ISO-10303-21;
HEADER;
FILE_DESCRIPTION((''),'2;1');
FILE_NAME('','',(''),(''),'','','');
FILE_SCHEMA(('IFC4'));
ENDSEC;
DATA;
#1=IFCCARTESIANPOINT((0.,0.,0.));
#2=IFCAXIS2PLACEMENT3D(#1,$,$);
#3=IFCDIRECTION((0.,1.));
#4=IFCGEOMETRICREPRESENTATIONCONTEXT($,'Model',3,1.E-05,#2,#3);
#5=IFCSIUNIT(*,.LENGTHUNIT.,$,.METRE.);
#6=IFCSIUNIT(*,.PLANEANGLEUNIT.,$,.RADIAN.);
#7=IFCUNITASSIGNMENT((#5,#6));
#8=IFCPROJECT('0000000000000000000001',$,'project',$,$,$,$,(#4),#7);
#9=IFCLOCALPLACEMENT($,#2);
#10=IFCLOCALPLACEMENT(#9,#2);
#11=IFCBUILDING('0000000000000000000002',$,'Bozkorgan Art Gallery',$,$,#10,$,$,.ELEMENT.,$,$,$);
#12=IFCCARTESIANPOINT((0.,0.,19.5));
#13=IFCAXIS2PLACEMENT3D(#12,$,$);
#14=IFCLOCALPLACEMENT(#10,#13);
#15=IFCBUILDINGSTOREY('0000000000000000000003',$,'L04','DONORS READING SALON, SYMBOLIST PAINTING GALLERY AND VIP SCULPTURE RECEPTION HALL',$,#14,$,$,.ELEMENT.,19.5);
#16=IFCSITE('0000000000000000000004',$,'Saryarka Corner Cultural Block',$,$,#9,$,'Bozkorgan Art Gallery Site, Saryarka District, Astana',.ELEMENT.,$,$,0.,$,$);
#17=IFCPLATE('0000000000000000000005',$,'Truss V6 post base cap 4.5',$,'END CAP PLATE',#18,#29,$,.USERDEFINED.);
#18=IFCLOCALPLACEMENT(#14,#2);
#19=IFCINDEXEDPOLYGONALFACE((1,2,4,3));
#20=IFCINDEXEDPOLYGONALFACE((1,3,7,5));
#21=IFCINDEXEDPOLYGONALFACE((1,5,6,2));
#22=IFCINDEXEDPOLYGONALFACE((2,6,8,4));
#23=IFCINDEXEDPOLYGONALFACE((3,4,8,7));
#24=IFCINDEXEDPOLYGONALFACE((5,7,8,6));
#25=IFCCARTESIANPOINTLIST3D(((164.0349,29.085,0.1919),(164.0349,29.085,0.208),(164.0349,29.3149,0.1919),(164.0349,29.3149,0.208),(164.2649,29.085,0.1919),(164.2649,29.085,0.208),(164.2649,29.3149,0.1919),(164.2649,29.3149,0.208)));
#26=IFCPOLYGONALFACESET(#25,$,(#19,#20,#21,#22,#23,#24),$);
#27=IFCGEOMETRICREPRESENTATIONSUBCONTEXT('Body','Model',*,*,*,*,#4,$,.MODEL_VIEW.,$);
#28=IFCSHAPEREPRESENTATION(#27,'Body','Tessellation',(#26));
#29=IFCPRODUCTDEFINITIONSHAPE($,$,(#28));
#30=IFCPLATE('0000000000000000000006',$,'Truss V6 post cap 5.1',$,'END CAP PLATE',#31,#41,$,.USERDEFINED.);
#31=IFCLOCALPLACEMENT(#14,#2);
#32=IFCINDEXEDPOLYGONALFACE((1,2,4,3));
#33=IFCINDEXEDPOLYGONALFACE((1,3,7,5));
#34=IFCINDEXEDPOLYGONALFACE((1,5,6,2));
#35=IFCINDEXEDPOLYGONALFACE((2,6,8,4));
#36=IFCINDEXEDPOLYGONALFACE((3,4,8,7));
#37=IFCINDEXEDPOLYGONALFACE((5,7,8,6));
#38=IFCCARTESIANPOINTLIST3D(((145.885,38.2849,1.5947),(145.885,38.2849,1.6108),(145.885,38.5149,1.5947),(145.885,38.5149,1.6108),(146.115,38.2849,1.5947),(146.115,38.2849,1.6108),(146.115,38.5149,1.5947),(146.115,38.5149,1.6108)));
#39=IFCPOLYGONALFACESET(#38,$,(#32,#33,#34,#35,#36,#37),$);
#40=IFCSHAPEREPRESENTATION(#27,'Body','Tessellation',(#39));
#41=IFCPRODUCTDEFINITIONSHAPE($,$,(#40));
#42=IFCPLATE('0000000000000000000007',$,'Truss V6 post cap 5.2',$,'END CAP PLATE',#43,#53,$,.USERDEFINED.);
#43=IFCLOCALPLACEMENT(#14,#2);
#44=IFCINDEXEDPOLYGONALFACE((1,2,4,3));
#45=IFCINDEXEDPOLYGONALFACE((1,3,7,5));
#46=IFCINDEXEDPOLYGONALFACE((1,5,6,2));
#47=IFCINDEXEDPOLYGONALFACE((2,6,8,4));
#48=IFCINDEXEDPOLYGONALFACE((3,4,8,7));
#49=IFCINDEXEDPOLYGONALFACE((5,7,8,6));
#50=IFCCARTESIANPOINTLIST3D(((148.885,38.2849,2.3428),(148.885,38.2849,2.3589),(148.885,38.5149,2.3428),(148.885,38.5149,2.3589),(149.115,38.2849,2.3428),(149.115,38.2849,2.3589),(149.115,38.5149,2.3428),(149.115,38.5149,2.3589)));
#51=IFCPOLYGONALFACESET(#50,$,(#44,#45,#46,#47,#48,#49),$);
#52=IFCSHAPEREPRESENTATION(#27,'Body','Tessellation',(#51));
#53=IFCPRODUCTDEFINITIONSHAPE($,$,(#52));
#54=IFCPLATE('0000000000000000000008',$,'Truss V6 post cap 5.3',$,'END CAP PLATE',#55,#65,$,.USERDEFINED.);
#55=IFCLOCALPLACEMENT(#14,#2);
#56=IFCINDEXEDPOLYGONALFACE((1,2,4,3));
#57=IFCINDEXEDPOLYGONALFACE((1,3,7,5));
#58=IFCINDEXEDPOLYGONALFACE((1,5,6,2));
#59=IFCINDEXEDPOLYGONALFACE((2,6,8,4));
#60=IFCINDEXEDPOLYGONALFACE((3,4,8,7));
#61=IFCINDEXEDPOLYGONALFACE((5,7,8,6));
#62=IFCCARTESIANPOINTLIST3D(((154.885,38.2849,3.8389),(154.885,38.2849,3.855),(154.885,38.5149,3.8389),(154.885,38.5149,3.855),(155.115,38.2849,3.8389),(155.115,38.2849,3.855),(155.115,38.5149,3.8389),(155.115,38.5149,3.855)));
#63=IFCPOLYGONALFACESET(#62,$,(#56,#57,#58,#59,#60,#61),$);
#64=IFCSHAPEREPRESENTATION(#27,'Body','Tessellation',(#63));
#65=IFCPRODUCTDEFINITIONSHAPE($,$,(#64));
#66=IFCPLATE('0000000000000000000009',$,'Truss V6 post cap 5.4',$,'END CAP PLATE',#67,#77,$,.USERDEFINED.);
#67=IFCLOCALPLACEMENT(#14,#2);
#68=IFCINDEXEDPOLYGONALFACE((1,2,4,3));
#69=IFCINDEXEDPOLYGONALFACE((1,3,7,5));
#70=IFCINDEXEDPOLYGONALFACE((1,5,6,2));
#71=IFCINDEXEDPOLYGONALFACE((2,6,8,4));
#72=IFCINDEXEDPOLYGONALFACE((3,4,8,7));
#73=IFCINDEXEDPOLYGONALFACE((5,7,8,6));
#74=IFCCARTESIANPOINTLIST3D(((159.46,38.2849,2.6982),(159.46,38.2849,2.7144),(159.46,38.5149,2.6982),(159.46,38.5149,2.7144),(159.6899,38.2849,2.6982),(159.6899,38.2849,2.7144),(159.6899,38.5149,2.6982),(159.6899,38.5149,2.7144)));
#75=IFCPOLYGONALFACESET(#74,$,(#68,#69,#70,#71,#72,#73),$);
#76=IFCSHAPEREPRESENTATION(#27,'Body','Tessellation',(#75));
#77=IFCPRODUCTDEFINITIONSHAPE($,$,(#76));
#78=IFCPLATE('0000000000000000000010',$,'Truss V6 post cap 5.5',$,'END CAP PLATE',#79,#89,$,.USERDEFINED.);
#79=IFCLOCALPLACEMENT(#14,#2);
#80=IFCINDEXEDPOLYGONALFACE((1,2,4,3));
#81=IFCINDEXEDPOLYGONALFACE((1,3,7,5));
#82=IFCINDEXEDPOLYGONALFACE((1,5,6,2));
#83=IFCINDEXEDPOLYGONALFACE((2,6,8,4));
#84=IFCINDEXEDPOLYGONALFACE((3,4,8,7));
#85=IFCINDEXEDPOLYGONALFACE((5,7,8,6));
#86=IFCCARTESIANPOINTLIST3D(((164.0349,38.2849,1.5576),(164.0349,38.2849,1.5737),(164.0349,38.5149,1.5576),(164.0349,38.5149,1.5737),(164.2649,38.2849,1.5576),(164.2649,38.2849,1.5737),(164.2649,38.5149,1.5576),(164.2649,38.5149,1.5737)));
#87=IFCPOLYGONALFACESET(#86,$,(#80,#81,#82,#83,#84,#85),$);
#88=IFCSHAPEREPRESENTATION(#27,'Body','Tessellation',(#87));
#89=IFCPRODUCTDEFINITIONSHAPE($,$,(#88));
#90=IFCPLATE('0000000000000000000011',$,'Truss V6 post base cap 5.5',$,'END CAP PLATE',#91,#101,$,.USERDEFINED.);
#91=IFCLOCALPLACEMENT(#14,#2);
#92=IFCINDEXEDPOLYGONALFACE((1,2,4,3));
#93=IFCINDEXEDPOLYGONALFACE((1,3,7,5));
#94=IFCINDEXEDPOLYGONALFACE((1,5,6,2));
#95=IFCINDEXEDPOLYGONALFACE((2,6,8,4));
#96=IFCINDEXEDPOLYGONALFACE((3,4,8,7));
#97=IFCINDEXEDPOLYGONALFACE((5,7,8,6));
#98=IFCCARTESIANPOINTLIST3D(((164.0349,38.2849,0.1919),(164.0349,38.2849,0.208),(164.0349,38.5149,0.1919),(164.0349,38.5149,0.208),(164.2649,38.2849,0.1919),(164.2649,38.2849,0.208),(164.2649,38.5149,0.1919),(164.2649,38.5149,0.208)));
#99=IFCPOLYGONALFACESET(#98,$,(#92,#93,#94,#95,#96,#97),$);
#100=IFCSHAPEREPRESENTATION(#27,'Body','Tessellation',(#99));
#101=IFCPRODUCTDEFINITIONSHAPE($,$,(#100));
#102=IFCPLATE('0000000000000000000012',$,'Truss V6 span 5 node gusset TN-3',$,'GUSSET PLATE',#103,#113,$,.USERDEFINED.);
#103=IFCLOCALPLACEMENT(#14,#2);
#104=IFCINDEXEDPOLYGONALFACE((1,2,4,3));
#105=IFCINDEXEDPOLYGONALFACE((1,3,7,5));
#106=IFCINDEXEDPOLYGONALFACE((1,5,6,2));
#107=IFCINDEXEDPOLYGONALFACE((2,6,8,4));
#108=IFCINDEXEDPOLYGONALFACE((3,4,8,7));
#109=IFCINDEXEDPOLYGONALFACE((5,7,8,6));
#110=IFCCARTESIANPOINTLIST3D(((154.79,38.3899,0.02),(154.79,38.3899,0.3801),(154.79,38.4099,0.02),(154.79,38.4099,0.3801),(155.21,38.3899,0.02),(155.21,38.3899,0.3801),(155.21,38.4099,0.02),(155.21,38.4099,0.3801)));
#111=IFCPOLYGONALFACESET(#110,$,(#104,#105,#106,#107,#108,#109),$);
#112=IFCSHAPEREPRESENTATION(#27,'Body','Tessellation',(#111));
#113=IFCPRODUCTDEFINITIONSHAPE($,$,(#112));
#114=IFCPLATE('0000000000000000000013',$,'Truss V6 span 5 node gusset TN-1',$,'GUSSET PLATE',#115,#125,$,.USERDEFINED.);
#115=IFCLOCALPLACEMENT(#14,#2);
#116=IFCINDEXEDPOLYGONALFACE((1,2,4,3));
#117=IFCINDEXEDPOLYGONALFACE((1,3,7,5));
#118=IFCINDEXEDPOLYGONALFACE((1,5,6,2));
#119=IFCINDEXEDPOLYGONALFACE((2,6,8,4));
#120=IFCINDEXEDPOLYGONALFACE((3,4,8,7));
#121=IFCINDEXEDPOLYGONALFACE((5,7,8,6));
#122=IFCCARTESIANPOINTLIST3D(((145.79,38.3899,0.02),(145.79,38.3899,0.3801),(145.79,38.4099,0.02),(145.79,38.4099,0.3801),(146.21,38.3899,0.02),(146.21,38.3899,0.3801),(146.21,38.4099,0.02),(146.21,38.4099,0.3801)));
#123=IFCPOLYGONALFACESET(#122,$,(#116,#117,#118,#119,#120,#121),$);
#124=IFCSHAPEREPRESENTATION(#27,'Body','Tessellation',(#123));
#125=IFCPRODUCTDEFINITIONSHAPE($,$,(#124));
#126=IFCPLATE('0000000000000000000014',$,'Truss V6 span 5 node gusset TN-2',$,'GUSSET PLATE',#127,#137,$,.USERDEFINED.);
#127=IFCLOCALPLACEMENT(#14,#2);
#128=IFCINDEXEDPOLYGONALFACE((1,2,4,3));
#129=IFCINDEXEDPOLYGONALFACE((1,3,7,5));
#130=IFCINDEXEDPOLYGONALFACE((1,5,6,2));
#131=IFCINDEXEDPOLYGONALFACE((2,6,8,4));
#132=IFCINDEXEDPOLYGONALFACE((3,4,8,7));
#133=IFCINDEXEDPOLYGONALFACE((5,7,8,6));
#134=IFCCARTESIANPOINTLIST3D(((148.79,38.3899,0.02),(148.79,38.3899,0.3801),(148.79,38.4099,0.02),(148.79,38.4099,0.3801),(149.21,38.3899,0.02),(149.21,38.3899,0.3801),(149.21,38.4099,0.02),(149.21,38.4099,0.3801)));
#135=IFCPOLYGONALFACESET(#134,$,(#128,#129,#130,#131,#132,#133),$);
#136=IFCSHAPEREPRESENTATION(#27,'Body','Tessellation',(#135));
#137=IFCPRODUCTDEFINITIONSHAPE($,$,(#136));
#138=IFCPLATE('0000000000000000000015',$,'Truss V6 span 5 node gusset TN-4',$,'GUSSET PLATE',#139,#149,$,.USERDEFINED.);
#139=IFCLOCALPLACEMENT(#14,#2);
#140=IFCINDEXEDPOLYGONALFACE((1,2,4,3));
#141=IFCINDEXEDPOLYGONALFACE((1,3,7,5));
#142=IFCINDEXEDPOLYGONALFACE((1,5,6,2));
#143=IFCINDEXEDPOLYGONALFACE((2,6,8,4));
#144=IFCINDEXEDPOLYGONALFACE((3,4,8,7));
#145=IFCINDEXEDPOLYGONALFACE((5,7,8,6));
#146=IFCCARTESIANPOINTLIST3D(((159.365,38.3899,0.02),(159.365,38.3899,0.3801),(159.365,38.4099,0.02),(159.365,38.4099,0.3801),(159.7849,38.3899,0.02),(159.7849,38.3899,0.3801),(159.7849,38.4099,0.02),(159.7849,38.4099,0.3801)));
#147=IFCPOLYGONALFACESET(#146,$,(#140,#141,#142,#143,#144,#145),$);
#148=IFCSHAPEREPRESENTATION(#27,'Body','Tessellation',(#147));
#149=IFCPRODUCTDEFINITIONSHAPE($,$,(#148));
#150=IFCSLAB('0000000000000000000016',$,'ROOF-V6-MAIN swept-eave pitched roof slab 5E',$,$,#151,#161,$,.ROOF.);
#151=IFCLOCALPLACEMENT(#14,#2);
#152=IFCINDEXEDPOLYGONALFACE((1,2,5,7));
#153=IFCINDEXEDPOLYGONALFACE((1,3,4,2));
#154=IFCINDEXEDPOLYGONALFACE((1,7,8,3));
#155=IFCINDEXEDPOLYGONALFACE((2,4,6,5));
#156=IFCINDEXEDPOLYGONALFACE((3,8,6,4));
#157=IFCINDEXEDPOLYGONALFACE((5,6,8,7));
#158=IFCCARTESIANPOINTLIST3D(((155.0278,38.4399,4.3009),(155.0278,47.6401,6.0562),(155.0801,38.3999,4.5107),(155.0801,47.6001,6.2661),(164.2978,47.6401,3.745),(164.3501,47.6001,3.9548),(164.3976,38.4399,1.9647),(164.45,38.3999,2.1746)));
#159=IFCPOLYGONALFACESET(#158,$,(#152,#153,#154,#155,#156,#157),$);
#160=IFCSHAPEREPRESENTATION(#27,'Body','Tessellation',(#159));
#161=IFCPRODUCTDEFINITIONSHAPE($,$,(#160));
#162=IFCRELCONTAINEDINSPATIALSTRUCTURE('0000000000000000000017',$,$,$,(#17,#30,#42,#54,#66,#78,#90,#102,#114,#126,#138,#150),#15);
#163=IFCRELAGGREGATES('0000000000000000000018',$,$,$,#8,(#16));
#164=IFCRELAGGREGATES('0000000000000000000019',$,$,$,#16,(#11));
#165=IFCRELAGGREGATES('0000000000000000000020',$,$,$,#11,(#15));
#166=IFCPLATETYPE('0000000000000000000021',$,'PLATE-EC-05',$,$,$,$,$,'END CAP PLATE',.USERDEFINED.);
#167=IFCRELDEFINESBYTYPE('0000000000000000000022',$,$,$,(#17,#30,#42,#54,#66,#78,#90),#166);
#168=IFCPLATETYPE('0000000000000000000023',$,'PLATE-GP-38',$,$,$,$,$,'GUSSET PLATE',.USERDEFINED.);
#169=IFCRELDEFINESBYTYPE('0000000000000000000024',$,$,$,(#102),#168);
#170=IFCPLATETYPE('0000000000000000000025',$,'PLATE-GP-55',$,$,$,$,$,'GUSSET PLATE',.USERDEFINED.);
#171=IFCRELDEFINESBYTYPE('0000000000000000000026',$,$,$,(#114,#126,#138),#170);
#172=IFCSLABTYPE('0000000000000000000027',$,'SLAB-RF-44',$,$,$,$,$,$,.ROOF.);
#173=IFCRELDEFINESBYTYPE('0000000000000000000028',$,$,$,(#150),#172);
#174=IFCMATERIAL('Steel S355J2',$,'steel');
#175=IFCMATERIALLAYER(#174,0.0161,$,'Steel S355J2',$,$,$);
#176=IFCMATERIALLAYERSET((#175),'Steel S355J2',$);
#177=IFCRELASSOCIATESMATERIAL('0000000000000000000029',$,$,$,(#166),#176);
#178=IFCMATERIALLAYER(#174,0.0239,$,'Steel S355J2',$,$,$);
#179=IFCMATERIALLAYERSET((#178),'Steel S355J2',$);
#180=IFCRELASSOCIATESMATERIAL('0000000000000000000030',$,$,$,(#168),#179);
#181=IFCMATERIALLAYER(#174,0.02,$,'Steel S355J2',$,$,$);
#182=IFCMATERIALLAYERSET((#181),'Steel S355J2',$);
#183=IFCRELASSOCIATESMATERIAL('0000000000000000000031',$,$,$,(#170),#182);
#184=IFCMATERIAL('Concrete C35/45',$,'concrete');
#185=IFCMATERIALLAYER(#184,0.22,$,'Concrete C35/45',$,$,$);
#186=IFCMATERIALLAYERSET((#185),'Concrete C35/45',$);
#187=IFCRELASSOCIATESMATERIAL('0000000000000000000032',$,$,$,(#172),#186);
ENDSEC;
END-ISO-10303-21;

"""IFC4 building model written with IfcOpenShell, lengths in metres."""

from ifc_helpers import new_model, si_unit, direction, frame, origin, origin_2d, place, context, subcontext, project, spatial, polyline, rectangle, outline, extrude, material, layer, layer_set, type_object, element, save


model = new_model("IFC4")

# Units and contexts
model_context = context("Model", 3, precision=1e-05, world=origin(), true_north=direction((0.0, 1.0)))
body_context = subcontext(model_context, "Body", "Model", "MODEL_VIEW")
ifc_project = project(units=[si_unit("LENGTHUNIT", "METRE"), si_unit("PLANEANGLEUNIT", "RADIAN")], contexts=[model_context])

# Site, building, storey
site_placement = place(None, origin())
site = spatial("IfcSite", under=ifc_project, at=site_placement, Name="Saryarka Corner Cultural Block", LongName="Bozkorgan Art Gallery Site, Saryarka District, Astana", CompositionType="ELEMENT", RefElevation=0.0)
building_placement = place(site_placement, origin())
building = spatial("IfcBuilding", under=site, at=building_placement, Name="Bozkorgan Art Gallery", CompositionType="ELEMENT")
storey_placement = place(building_placement, frame((0.0, 0.0, 19.5)))
storey = spatial("IfcBuildingStorey", under=building, at=storey_placement, Name="L04", Description="DONORS READING SALON, SYMBOLIST PAINTING GALLERY AND VIP SCULPTURE RECEPTION HALL", CompositionType="ELEMENT", Elevation=19.5)

# Shared definitions
ifc_material_1 = material(Name="Steel S355J2", Category="steel")

# Plates
ifc_layer_1 = layer(ifc_material_1, 0.0161, Name="Steel S355J2")
ifc_layer_set_1 = layer_set([ifc_layer_1], Name="Steel S355J2")
plate_type_1 = type_object("IfcPlateType", Name="PLATE-EC-05", ElementType="END CAP PLATE", PredefinedType="USERDEFINED", material=ifc_layer_set_1)
for number, where, z_axis, x_axis, name in (
    (1, (164.1499, 29.2, 0.1919), (0.0, 0.0, 1.0), (1.0, 0.0, 0.0), "Truss V6 post base cap 4.5"),
    (2, (146.0, 38.3999, 1.5947), (0.0, 0.0, 1.0), (1.0, 0.0, 0.0), "Truss V6 post cap 5.1"),
    (3, (149.0, 38.3999, 2.3428), (0.0, 0.0, 1.0), (1.0, 0.0, 0.0), "Truss V6 post cap 5.2"),
    (4, (155.0, 38.3999, 3.8389), (0.0, 0.0, 1.0), (1.0, 0.0, 0.0), "Truss V6 post cap 5.3"),
    (5, (159.575, 38.3999, 2.6982), (0.0, 0.0, 1.0), (1.0, 0.0, 0.0), "Truss V6 post cap 5.4"),
    (6, (164.1499, 38.3999, 1.5576), (0.0, 0.0, 1.0), (1.0, 0.0, 0.0), "Truss V6 post cap 5.5"),
    (7, (164.1499, 38.3999, 0.1919), (0.0, 0.0, 1.0), (1.0, 0.0, 0.0), "Truss V6 post base cap 5.5"),
):
    element("IfcPlate", number, at=place(storey_placement, frame(where, z_axis=z_axis, x_axis=x_axis)), inside=storey, type_object=plate_type_1, Name=name, ObjectType="END CAP PLATE", PredefinedType="USERDEFINED", context=body_context, shape_type="SweptSolid", body=[
        extrude(rectangle(XDim=0.23, YDim=0.23, at=origin_2d()), origin(), (0.0, 0.0, 1.0), 0.0161),
    ])
ifc_layer_2 = layer(ifc_material_1, 0.0239, Name="Steel S355J2")
ifc_layer_set_2 = layer_set([ifc_layer_2], Name="Steel S355J2")
plate_type_2 = type_object("IfcPlateType", Name="PLATE-GP-38", ElementType="GUSSET PLATE", PredefinedType="USERDEFINED", material=ifc_layer_set_2)
plate_placement = place(storey_placement, frame((155.0, 38.3999, 0.02), z_axis=(0.0, 0.0, 1.0), x_axis=(1.0, 0.0, 0.0)))
element("IfcPlate", 8, at=plate_placement, inside=storey, type_object=plate_type_2, Name="Truss V6 span 5 node gusset TN-3", ObjectType="GUSSET PLATE", PredefinedType="USERDEFINED", context=body_context, shape_type="SweptSolid", body=[
    extrude(rectangle(XDim=0.4199, YDim=0.02, at=origin_2d()), origin(), (0.0, 0.0, 1.0), 0.3601),
])
ifc_layer_3 = layer(ifc_material_1, 0.02, Name="Steel S355J2")
ifc_layer_set_3 = layer_set([ifc_layer_3], Name="Steel S355J2")
plate_type_3 = type_object("IfcPlateType", Name="PLATE-GP-55", ElementType="GUSSET PLATE", PredefinedType="USERDEFINED", material=ifc_layer_set_3)
for number, where, z_axis, x_axis, name in (
    (9, (146.0, 38.3999, 0.02), (0.0, 0.0, 1.0), (1.0, 0.0, 0.0), "Truss V6 span 5 node gusset TN-1"),
    (10, (149.0, 38.3999, 0.02), (0.0, 0.0, 1.0), (1.0, 0.0, 0.0), "Truss V6 span 5 node gusset TN-2"),
    (11, (159.575, 38.3999, 0.02), (0.0, 0.0, 1.0), (1.0, 0.0, 0.0), "Truss V6 span 5 node gusset TN-4"),
):
    element("IfcPlate", number, at=place(storey_placement, frame(where, z_axis=z_axis, x_axis=x_axis)), inside=storey, type_object=plate_type_3, Name=name, ObjectType="GUSSET PLATE", PredefinedType="USERDEFINED", context=body_context, shape_type="SweptSolid", body=[
        extrude(rectangle(XDim=0.4199, YDim=0.02, at=origin_2d()), origin(), (0.0, 0.0, 1.0), 0.3601),
    ])

# Slab
ifc_material_2 = material(Name="Concrete C35/45", Category="concrete")
ifc_layer_4 = layer(ifc_material_2, 0.22, Name="Concrete C35/45")
ifc_layer_set_4 = layer_set([ifc_layer_4], Name="Concrete C35/45")
slab_type = type_object("IfcSlabType", Name="SLAB-RF-44", PredefinedType="ROOF", material=ifc_layer_set_4)
slab_placement = place(storey_placement, frame((155.0801, 38.3999, 4.5107), z_axis=(0.23788, -0.182037, 0.954084), x_axis=(0.970296, 0.0, -0.241923)))
element("IfcSlab", 12, at=slab_placement, inside=storey, type_object=slab_type, Name="ROOF-V6-MAIN swept-eave pitched roof slab 5E", PredefinedType="ROOF", context=body_context, shape_type="SweptSolid", body=[
    extrude(outline(polyline([(0.0, 0.0), (9.6567, 0.0), (9.1291, 9.3565), (-0.4247, 9.3565), (0.0, 0.0)])), origin(), (0.0, 0.0, -1.0), 0.22),
])

save(model, "model.ifc")
